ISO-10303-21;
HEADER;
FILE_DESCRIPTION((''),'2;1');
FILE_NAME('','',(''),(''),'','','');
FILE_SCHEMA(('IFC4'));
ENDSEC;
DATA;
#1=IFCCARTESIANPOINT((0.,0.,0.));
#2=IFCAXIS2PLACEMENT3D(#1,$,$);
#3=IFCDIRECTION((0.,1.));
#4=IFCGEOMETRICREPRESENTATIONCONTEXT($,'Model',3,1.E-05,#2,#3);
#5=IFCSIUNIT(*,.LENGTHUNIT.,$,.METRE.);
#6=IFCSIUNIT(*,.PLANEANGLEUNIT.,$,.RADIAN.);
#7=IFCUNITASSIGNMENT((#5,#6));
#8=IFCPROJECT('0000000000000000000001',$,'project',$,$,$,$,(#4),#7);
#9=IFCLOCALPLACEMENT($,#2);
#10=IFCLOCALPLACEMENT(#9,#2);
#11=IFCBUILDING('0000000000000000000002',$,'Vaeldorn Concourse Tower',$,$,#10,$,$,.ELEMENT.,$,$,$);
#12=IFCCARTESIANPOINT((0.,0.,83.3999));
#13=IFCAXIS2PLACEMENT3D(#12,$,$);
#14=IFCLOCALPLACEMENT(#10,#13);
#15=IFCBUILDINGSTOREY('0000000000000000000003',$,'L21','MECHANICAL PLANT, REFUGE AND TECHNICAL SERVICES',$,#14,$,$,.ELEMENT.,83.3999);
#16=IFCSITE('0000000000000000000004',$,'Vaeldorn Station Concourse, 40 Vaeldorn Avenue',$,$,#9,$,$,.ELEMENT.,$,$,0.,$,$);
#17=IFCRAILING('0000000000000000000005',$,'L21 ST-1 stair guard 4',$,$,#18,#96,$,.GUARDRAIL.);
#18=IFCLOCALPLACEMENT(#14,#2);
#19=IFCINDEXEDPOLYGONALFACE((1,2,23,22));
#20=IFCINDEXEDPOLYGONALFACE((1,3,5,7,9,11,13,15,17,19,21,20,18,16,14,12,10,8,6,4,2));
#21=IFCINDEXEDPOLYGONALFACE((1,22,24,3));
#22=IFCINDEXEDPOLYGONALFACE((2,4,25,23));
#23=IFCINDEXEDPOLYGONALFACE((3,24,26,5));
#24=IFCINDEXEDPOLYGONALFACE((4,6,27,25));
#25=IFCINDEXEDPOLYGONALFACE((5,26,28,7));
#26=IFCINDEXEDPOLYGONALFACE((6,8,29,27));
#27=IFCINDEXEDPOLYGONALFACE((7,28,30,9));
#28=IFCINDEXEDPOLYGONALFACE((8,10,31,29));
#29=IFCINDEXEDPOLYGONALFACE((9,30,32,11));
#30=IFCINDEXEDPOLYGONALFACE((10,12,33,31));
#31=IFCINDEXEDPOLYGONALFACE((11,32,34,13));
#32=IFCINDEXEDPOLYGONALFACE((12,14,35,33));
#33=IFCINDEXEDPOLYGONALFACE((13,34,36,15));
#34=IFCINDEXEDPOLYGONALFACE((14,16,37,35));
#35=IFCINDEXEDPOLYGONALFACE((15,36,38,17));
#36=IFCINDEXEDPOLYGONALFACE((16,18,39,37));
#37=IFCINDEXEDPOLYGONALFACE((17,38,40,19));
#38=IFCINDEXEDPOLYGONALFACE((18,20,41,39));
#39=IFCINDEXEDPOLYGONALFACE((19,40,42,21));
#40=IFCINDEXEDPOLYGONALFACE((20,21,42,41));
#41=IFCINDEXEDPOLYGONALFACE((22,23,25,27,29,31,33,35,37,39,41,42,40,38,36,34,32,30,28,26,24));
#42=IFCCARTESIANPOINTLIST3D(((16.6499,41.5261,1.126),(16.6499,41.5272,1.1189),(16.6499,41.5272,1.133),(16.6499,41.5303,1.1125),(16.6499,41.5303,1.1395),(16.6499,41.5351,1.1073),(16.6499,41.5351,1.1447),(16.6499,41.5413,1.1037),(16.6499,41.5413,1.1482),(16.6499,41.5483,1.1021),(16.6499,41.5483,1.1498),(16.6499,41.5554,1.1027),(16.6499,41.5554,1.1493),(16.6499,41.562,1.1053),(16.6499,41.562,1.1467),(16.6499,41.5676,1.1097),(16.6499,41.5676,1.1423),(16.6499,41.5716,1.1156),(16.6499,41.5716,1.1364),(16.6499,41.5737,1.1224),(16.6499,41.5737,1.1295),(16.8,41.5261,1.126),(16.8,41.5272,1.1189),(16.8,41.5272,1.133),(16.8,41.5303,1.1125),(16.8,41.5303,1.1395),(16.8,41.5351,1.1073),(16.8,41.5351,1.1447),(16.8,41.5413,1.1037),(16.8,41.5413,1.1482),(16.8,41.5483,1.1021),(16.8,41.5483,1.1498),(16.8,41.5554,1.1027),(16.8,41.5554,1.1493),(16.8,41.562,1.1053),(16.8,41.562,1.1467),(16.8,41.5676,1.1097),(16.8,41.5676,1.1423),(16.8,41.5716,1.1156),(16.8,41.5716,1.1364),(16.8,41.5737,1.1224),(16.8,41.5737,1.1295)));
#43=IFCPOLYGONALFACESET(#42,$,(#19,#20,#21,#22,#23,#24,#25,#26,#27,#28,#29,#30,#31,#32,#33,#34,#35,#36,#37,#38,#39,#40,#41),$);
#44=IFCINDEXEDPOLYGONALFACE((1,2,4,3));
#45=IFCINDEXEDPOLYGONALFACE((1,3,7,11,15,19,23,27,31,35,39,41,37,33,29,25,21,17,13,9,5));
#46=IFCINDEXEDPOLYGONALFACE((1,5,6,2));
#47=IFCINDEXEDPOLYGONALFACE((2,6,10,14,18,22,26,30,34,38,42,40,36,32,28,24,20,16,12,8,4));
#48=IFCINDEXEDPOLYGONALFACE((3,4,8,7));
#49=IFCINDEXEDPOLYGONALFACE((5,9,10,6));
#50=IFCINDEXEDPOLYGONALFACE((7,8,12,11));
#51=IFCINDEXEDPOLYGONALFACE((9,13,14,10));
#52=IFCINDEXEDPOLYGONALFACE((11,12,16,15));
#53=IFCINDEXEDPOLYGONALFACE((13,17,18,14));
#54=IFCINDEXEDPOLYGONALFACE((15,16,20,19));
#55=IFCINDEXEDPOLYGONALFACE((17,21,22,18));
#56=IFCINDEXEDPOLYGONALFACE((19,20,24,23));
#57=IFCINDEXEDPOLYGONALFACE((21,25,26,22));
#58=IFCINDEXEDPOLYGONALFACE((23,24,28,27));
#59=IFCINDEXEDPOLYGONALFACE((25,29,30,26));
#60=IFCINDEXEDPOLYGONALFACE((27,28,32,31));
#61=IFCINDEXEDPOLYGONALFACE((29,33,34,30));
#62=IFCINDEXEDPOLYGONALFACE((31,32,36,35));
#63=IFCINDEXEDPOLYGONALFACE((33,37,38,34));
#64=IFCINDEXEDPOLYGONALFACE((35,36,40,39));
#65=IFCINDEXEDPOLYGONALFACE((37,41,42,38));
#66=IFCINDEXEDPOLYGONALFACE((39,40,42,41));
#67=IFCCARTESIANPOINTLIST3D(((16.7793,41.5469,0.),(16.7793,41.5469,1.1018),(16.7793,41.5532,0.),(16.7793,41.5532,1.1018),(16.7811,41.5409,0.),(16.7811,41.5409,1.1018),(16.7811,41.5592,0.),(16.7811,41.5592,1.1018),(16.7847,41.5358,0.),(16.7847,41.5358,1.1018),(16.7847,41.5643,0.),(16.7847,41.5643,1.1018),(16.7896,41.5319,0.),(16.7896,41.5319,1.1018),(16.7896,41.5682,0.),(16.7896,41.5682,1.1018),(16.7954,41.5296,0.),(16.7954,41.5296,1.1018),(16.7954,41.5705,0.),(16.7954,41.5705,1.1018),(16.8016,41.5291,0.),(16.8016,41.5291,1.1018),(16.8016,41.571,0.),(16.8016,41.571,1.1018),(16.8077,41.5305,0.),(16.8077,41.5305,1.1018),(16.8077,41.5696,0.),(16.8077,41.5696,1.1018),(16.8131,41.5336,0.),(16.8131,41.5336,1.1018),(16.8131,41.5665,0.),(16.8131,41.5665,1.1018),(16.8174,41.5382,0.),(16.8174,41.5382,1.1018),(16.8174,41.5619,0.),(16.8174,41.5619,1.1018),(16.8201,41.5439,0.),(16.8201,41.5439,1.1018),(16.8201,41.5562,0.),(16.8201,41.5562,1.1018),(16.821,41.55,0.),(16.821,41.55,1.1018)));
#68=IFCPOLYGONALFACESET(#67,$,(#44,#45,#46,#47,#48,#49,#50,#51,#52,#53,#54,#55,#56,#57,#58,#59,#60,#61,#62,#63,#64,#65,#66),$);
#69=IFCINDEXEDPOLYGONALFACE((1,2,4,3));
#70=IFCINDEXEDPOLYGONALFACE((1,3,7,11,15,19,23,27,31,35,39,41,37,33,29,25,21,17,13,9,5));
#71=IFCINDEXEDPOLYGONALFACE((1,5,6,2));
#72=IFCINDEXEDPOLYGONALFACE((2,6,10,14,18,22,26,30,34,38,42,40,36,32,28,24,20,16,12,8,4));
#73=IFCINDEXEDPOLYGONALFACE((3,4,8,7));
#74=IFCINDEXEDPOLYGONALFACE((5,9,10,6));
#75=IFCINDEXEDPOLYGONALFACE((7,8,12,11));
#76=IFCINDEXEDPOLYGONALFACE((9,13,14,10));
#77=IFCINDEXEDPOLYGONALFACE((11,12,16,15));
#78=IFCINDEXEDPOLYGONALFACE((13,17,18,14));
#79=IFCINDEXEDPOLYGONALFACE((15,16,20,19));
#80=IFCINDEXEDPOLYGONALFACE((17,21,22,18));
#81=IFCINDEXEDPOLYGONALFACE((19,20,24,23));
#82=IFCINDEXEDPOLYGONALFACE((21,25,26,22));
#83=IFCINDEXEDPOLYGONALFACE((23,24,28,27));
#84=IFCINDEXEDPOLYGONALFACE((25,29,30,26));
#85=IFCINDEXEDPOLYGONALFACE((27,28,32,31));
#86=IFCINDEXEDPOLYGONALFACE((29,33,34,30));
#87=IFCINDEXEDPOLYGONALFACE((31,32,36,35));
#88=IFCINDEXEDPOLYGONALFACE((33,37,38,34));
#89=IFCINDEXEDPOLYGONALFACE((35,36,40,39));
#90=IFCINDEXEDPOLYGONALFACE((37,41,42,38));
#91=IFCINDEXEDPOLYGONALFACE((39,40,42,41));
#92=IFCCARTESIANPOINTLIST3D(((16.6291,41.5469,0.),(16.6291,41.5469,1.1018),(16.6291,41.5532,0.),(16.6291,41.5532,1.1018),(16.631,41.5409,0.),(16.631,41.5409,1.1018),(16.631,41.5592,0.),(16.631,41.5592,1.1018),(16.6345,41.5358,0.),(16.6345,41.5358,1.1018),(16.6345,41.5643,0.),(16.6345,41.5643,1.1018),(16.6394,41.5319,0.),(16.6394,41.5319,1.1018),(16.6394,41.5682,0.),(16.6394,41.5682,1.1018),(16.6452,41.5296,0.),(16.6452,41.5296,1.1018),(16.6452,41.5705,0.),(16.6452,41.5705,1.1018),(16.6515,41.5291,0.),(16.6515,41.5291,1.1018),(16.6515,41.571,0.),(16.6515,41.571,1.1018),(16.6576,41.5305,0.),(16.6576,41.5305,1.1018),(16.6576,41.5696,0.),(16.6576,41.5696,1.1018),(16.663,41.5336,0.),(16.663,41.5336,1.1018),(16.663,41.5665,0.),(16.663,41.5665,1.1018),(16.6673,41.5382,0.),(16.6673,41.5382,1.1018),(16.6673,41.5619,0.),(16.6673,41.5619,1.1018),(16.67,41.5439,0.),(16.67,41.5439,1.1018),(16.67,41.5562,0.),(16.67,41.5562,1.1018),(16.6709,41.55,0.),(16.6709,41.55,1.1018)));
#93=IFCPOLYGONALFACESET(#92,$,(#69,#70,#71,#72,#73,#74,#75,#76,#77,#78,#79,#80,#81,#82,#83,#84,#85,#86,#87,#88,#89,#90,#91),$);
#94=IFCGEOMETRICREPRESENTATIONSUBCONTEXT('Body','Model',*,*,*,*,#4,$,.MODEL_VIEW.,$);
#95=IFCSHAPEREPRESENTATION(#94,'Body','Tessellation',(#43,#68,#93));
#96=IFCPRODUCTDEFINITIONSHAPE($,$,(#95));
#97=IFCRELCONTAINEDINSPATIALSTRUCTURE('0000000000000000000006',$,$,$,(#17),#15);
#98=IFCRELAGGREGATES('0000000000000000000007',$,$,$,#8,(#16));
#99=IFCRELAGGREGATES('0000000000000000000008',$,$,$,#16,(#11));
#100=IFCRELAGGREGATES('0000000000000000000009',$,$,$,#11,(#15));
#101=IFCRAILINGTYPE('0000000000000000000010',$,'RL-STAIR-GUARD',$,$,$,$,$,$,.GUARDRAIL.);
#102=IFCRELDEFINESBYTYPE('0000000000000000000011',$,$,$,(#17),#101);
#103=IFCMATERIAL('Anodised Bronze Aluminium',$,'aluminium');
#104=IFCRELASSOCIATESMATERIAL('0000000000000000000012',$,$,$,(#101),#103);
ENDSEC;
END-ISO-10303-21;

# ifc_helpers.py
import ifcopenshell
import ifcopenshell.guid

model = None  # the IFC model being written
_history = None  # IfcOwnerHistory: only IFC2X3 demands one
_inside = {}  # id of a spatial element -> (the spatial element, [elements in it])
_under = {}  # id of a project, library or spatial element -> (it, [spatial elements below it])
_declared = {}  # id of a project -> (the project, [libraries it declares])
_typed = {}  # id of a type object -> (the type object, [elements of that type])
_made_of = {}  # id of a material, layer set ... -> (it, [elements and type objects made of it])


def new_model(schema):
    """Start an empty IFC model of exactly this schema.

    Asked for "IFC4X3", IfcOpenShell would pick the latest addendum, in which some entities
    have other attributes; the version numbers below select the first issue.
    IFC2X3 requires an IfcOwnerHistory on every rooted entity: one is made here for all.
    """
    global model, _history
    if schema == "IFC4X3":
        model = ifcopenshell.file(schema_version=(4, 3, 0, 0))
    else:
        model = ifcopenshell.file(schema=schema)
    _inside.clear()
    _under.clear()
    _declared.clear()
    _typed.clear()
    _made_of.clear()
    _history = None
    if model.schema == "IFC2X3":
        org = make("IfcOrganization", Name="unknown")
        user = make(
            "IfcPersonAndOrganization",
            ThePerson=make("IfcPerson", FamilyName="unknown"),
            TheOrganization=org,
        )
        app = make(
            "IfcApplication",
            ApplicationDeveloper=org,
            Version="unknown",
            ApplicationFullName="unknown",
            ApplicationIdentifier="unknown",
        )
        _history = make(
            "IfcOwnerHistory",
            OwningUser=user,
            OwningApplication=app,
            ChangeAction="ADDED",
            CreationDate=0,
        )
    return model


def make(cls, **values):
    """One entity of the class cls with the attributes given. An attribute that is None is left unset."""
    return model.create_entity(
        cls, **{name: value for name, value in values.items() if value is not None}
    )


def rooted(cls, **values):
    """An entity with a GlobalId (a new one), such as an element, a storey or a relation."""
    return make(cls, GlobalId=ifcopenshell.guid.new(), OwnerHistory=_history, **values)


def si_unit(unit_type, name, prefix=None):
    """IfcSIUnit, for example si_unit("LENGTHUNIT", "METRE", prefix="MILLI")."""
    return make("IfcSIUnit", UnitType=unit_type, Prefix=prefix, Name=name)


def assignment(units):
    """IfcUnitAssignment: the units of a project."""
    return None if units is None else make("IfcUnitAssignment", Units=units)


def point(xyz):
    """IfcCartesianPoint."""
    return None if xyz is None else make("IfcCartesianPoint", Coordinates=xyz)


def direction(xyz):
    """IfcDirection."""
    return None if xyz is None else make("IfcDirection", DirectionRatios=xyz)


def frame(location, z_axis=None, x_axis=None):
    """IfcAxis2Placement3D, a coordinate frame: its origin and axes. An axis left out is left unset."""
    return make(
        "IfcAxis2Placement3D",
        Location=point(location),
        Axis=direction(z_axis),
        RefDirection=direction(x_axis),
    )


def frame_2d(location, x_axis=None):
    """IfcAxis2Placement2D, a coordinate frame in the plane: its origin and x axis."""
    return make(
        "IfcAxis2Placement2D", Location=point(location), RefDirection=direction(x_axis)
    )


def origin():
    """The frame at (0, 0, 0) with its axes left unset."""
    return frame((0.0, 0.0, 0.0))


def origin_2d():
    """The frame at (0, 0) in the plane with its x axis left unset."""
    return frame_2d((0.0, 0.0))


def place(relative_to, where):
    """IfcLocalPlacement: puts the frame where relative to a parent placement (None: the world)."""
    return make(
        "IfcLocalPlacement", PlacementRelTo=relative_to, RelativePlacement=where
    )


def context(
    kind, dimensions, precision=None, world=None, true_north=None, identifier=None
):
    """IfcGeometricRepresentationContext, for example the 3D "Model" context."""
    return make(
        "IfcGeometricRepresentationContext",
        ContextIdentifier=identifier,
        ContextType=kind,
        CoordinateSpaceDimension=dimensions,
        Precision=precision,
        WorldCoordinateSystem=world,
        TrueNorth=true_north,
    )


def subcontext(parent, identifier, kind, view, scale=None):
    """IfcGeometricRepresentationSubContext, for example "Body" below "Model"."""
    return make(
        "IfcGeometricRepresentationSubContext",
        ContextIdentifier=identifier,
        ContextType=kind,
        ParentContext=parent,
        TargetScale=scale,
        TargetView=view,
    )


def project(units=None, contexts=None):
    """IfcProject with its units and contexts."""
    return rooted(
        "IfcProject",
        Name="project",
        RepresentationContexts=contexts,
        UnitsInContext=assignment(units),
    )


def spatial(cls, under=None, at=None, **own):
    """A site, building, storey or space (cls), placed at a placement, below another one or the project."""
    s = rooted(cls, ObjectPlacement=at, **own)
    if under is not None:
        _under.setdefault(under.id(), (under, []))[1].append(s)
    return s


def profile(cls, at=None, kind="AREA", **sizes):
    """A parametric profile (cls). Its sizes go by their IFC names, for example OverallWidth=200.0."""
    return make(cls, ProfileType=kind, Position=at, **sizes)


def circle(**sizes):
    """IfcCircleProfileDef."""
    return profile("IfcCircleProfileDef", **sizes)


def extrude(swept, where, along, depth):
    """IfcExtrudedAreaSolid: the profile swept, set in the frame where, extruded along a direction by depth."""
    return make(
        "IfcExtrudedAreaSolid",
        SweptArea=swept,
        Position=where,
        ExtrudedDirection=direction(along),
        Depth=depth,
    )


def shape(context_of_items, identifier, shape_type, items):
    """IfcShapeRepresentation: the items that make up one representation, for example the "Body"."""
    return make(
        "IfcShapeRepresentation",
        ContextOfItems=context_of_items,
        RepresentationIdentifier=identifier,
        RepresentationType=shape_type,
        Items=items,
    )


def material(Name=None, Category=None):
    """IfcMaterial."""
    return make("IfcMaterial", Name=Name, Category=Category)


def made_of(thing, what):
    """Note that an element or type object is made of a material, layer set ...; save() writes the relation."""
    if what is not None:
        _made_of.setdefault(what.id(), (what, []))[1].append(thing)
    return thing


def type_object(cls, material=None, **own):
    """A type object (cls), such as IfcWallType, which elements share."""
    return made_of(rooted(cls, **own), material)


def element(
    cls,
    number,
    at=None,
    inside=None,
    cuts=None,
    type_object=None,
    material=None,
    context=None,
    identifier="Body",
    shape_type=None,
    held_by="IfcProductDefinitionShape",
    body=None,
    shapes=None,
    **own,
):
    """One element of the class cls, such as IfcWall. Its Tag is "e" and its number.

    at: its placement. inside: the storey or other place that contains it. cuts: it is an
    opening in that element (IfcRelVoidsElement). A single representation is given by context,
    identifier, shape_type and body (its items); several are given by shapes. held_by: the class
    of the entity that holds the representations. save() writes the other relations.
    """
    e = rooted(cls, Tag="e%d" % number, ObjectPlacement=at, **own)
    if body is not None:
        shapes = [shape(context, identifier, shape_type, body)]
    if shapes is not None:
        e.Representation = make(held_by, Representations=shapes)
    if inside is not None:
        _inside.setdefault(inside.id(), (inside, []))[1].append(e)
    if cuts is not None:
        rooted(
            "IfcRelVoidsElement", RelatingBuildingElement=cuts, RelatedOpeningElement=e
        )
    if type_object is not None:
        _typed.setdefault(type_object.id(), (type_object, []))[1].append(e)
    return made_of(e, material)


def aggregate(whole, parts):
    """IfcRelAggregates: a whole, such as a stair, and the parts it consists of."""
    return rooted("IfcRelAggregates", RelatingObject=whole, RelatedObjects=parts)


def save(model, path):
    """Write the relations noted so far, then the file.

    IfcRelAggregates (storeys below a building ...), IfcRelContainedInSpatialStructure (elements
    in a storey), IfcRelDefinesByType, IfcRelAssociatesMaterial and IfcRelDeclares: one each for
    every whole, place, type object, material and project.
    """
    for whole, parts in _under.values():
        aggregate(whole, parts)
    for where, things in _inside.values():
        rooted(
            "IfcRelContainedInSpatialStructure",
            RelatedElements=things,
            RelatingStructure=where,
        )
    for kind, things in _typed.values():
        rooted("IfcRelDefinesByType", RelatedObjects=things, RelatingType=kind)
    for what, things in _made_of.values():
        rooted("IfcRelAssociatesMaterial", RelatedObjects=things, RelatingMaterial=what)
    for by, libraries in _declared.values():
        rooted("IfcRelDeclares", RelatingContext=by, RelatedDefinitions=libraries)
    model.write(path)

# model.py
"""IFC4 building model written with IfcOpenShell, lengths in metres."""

from ifc_helpers import new_model, si_unit, direction, frame, origin, origin_2d, place, context, subcontext, project, spatial, circle, extrude, material, type_object, element, save


model = new_model("IFC4")

# Units and contexts
model_context = context("Model", 3, precision=1e-05, world=origin(), true_north=direction((0.0, 1.0)))
body_context = subcontext(model_context, "Body", "Model", "MODEL_VIEW")
ifc_project = project(units=[si_unit("LENGTHUNIT", "METRE"), si_unit("PLANEANGLEUNIT", "RADIAN")], contexts=[model_context])

# Site, building, storey
site_placement = place(None, origin())
site = spatial("IfcSite", under=ifc_project, at=site_placement, Name="Vaeldorn Station Concourse, 40 Vaeldorn Avenue", CompositionType="ELEMENT", RefElevation=0.0)
building_placement = place(site_placement, origin())
building = spatial("IfcBuilding", under=site, at=building_placement, Name="Vaeldorn Concourse Tower", CompositionType="ELEMENT")
storey_placement = place(building_placement, frame((0.0, 0.0, 83.3999)))
storey = spatial("IfcBuildingStorey", under=building, at=storey_placement, Name="L21", Description="MECHANICAL PLANT, REFUGE AND TECHNICAL SERVICES", CompositionType="ELEMENT", Elevation=83.3999)

# Shared definitions
ifc_material_1 = material(Name="Anodised Bronze Aluminium", Category="aluminium")

# Railing
railing_type = type_object("IfcRailingType", Name="RL-STAIR-GUARD", PredefinedType="GUARDRAIL", material=ifc_material_1)
railing_1_placement = place(storey_placement, frame((16.8, 41.55, 0.0)))
element("IfcRailing", 1, at=railing_1_placement, inside=storey, type_object=railing_type, Name="L21 ST-1 stair guard 4", PredefinedType="GUARDRAIL", context=body_context, shape_type="SweptSolid", body=[
    extrude(circle(Radius=0.0239, at=origin_2d()), frame((0.0, 0.0, 1.126), z_axis=(-1.0, 0.0, 0.0), x_axis=(0.0, -1.0, 0.0)), (0.0, 0.0, 1.0), 0.1501),
    extrude(circle(Radius=0.021, at=origin_2d()), origin(), (0.0, 0.0, 1.0), 1.1018),
    extrude(circle(Radius=0.021, at=origin_2d()), frame((-0.1501, 0.0, 0.0)), (0.0, 0.0, 1.0), 1.1018),
])

save(model, "model.ifc")
